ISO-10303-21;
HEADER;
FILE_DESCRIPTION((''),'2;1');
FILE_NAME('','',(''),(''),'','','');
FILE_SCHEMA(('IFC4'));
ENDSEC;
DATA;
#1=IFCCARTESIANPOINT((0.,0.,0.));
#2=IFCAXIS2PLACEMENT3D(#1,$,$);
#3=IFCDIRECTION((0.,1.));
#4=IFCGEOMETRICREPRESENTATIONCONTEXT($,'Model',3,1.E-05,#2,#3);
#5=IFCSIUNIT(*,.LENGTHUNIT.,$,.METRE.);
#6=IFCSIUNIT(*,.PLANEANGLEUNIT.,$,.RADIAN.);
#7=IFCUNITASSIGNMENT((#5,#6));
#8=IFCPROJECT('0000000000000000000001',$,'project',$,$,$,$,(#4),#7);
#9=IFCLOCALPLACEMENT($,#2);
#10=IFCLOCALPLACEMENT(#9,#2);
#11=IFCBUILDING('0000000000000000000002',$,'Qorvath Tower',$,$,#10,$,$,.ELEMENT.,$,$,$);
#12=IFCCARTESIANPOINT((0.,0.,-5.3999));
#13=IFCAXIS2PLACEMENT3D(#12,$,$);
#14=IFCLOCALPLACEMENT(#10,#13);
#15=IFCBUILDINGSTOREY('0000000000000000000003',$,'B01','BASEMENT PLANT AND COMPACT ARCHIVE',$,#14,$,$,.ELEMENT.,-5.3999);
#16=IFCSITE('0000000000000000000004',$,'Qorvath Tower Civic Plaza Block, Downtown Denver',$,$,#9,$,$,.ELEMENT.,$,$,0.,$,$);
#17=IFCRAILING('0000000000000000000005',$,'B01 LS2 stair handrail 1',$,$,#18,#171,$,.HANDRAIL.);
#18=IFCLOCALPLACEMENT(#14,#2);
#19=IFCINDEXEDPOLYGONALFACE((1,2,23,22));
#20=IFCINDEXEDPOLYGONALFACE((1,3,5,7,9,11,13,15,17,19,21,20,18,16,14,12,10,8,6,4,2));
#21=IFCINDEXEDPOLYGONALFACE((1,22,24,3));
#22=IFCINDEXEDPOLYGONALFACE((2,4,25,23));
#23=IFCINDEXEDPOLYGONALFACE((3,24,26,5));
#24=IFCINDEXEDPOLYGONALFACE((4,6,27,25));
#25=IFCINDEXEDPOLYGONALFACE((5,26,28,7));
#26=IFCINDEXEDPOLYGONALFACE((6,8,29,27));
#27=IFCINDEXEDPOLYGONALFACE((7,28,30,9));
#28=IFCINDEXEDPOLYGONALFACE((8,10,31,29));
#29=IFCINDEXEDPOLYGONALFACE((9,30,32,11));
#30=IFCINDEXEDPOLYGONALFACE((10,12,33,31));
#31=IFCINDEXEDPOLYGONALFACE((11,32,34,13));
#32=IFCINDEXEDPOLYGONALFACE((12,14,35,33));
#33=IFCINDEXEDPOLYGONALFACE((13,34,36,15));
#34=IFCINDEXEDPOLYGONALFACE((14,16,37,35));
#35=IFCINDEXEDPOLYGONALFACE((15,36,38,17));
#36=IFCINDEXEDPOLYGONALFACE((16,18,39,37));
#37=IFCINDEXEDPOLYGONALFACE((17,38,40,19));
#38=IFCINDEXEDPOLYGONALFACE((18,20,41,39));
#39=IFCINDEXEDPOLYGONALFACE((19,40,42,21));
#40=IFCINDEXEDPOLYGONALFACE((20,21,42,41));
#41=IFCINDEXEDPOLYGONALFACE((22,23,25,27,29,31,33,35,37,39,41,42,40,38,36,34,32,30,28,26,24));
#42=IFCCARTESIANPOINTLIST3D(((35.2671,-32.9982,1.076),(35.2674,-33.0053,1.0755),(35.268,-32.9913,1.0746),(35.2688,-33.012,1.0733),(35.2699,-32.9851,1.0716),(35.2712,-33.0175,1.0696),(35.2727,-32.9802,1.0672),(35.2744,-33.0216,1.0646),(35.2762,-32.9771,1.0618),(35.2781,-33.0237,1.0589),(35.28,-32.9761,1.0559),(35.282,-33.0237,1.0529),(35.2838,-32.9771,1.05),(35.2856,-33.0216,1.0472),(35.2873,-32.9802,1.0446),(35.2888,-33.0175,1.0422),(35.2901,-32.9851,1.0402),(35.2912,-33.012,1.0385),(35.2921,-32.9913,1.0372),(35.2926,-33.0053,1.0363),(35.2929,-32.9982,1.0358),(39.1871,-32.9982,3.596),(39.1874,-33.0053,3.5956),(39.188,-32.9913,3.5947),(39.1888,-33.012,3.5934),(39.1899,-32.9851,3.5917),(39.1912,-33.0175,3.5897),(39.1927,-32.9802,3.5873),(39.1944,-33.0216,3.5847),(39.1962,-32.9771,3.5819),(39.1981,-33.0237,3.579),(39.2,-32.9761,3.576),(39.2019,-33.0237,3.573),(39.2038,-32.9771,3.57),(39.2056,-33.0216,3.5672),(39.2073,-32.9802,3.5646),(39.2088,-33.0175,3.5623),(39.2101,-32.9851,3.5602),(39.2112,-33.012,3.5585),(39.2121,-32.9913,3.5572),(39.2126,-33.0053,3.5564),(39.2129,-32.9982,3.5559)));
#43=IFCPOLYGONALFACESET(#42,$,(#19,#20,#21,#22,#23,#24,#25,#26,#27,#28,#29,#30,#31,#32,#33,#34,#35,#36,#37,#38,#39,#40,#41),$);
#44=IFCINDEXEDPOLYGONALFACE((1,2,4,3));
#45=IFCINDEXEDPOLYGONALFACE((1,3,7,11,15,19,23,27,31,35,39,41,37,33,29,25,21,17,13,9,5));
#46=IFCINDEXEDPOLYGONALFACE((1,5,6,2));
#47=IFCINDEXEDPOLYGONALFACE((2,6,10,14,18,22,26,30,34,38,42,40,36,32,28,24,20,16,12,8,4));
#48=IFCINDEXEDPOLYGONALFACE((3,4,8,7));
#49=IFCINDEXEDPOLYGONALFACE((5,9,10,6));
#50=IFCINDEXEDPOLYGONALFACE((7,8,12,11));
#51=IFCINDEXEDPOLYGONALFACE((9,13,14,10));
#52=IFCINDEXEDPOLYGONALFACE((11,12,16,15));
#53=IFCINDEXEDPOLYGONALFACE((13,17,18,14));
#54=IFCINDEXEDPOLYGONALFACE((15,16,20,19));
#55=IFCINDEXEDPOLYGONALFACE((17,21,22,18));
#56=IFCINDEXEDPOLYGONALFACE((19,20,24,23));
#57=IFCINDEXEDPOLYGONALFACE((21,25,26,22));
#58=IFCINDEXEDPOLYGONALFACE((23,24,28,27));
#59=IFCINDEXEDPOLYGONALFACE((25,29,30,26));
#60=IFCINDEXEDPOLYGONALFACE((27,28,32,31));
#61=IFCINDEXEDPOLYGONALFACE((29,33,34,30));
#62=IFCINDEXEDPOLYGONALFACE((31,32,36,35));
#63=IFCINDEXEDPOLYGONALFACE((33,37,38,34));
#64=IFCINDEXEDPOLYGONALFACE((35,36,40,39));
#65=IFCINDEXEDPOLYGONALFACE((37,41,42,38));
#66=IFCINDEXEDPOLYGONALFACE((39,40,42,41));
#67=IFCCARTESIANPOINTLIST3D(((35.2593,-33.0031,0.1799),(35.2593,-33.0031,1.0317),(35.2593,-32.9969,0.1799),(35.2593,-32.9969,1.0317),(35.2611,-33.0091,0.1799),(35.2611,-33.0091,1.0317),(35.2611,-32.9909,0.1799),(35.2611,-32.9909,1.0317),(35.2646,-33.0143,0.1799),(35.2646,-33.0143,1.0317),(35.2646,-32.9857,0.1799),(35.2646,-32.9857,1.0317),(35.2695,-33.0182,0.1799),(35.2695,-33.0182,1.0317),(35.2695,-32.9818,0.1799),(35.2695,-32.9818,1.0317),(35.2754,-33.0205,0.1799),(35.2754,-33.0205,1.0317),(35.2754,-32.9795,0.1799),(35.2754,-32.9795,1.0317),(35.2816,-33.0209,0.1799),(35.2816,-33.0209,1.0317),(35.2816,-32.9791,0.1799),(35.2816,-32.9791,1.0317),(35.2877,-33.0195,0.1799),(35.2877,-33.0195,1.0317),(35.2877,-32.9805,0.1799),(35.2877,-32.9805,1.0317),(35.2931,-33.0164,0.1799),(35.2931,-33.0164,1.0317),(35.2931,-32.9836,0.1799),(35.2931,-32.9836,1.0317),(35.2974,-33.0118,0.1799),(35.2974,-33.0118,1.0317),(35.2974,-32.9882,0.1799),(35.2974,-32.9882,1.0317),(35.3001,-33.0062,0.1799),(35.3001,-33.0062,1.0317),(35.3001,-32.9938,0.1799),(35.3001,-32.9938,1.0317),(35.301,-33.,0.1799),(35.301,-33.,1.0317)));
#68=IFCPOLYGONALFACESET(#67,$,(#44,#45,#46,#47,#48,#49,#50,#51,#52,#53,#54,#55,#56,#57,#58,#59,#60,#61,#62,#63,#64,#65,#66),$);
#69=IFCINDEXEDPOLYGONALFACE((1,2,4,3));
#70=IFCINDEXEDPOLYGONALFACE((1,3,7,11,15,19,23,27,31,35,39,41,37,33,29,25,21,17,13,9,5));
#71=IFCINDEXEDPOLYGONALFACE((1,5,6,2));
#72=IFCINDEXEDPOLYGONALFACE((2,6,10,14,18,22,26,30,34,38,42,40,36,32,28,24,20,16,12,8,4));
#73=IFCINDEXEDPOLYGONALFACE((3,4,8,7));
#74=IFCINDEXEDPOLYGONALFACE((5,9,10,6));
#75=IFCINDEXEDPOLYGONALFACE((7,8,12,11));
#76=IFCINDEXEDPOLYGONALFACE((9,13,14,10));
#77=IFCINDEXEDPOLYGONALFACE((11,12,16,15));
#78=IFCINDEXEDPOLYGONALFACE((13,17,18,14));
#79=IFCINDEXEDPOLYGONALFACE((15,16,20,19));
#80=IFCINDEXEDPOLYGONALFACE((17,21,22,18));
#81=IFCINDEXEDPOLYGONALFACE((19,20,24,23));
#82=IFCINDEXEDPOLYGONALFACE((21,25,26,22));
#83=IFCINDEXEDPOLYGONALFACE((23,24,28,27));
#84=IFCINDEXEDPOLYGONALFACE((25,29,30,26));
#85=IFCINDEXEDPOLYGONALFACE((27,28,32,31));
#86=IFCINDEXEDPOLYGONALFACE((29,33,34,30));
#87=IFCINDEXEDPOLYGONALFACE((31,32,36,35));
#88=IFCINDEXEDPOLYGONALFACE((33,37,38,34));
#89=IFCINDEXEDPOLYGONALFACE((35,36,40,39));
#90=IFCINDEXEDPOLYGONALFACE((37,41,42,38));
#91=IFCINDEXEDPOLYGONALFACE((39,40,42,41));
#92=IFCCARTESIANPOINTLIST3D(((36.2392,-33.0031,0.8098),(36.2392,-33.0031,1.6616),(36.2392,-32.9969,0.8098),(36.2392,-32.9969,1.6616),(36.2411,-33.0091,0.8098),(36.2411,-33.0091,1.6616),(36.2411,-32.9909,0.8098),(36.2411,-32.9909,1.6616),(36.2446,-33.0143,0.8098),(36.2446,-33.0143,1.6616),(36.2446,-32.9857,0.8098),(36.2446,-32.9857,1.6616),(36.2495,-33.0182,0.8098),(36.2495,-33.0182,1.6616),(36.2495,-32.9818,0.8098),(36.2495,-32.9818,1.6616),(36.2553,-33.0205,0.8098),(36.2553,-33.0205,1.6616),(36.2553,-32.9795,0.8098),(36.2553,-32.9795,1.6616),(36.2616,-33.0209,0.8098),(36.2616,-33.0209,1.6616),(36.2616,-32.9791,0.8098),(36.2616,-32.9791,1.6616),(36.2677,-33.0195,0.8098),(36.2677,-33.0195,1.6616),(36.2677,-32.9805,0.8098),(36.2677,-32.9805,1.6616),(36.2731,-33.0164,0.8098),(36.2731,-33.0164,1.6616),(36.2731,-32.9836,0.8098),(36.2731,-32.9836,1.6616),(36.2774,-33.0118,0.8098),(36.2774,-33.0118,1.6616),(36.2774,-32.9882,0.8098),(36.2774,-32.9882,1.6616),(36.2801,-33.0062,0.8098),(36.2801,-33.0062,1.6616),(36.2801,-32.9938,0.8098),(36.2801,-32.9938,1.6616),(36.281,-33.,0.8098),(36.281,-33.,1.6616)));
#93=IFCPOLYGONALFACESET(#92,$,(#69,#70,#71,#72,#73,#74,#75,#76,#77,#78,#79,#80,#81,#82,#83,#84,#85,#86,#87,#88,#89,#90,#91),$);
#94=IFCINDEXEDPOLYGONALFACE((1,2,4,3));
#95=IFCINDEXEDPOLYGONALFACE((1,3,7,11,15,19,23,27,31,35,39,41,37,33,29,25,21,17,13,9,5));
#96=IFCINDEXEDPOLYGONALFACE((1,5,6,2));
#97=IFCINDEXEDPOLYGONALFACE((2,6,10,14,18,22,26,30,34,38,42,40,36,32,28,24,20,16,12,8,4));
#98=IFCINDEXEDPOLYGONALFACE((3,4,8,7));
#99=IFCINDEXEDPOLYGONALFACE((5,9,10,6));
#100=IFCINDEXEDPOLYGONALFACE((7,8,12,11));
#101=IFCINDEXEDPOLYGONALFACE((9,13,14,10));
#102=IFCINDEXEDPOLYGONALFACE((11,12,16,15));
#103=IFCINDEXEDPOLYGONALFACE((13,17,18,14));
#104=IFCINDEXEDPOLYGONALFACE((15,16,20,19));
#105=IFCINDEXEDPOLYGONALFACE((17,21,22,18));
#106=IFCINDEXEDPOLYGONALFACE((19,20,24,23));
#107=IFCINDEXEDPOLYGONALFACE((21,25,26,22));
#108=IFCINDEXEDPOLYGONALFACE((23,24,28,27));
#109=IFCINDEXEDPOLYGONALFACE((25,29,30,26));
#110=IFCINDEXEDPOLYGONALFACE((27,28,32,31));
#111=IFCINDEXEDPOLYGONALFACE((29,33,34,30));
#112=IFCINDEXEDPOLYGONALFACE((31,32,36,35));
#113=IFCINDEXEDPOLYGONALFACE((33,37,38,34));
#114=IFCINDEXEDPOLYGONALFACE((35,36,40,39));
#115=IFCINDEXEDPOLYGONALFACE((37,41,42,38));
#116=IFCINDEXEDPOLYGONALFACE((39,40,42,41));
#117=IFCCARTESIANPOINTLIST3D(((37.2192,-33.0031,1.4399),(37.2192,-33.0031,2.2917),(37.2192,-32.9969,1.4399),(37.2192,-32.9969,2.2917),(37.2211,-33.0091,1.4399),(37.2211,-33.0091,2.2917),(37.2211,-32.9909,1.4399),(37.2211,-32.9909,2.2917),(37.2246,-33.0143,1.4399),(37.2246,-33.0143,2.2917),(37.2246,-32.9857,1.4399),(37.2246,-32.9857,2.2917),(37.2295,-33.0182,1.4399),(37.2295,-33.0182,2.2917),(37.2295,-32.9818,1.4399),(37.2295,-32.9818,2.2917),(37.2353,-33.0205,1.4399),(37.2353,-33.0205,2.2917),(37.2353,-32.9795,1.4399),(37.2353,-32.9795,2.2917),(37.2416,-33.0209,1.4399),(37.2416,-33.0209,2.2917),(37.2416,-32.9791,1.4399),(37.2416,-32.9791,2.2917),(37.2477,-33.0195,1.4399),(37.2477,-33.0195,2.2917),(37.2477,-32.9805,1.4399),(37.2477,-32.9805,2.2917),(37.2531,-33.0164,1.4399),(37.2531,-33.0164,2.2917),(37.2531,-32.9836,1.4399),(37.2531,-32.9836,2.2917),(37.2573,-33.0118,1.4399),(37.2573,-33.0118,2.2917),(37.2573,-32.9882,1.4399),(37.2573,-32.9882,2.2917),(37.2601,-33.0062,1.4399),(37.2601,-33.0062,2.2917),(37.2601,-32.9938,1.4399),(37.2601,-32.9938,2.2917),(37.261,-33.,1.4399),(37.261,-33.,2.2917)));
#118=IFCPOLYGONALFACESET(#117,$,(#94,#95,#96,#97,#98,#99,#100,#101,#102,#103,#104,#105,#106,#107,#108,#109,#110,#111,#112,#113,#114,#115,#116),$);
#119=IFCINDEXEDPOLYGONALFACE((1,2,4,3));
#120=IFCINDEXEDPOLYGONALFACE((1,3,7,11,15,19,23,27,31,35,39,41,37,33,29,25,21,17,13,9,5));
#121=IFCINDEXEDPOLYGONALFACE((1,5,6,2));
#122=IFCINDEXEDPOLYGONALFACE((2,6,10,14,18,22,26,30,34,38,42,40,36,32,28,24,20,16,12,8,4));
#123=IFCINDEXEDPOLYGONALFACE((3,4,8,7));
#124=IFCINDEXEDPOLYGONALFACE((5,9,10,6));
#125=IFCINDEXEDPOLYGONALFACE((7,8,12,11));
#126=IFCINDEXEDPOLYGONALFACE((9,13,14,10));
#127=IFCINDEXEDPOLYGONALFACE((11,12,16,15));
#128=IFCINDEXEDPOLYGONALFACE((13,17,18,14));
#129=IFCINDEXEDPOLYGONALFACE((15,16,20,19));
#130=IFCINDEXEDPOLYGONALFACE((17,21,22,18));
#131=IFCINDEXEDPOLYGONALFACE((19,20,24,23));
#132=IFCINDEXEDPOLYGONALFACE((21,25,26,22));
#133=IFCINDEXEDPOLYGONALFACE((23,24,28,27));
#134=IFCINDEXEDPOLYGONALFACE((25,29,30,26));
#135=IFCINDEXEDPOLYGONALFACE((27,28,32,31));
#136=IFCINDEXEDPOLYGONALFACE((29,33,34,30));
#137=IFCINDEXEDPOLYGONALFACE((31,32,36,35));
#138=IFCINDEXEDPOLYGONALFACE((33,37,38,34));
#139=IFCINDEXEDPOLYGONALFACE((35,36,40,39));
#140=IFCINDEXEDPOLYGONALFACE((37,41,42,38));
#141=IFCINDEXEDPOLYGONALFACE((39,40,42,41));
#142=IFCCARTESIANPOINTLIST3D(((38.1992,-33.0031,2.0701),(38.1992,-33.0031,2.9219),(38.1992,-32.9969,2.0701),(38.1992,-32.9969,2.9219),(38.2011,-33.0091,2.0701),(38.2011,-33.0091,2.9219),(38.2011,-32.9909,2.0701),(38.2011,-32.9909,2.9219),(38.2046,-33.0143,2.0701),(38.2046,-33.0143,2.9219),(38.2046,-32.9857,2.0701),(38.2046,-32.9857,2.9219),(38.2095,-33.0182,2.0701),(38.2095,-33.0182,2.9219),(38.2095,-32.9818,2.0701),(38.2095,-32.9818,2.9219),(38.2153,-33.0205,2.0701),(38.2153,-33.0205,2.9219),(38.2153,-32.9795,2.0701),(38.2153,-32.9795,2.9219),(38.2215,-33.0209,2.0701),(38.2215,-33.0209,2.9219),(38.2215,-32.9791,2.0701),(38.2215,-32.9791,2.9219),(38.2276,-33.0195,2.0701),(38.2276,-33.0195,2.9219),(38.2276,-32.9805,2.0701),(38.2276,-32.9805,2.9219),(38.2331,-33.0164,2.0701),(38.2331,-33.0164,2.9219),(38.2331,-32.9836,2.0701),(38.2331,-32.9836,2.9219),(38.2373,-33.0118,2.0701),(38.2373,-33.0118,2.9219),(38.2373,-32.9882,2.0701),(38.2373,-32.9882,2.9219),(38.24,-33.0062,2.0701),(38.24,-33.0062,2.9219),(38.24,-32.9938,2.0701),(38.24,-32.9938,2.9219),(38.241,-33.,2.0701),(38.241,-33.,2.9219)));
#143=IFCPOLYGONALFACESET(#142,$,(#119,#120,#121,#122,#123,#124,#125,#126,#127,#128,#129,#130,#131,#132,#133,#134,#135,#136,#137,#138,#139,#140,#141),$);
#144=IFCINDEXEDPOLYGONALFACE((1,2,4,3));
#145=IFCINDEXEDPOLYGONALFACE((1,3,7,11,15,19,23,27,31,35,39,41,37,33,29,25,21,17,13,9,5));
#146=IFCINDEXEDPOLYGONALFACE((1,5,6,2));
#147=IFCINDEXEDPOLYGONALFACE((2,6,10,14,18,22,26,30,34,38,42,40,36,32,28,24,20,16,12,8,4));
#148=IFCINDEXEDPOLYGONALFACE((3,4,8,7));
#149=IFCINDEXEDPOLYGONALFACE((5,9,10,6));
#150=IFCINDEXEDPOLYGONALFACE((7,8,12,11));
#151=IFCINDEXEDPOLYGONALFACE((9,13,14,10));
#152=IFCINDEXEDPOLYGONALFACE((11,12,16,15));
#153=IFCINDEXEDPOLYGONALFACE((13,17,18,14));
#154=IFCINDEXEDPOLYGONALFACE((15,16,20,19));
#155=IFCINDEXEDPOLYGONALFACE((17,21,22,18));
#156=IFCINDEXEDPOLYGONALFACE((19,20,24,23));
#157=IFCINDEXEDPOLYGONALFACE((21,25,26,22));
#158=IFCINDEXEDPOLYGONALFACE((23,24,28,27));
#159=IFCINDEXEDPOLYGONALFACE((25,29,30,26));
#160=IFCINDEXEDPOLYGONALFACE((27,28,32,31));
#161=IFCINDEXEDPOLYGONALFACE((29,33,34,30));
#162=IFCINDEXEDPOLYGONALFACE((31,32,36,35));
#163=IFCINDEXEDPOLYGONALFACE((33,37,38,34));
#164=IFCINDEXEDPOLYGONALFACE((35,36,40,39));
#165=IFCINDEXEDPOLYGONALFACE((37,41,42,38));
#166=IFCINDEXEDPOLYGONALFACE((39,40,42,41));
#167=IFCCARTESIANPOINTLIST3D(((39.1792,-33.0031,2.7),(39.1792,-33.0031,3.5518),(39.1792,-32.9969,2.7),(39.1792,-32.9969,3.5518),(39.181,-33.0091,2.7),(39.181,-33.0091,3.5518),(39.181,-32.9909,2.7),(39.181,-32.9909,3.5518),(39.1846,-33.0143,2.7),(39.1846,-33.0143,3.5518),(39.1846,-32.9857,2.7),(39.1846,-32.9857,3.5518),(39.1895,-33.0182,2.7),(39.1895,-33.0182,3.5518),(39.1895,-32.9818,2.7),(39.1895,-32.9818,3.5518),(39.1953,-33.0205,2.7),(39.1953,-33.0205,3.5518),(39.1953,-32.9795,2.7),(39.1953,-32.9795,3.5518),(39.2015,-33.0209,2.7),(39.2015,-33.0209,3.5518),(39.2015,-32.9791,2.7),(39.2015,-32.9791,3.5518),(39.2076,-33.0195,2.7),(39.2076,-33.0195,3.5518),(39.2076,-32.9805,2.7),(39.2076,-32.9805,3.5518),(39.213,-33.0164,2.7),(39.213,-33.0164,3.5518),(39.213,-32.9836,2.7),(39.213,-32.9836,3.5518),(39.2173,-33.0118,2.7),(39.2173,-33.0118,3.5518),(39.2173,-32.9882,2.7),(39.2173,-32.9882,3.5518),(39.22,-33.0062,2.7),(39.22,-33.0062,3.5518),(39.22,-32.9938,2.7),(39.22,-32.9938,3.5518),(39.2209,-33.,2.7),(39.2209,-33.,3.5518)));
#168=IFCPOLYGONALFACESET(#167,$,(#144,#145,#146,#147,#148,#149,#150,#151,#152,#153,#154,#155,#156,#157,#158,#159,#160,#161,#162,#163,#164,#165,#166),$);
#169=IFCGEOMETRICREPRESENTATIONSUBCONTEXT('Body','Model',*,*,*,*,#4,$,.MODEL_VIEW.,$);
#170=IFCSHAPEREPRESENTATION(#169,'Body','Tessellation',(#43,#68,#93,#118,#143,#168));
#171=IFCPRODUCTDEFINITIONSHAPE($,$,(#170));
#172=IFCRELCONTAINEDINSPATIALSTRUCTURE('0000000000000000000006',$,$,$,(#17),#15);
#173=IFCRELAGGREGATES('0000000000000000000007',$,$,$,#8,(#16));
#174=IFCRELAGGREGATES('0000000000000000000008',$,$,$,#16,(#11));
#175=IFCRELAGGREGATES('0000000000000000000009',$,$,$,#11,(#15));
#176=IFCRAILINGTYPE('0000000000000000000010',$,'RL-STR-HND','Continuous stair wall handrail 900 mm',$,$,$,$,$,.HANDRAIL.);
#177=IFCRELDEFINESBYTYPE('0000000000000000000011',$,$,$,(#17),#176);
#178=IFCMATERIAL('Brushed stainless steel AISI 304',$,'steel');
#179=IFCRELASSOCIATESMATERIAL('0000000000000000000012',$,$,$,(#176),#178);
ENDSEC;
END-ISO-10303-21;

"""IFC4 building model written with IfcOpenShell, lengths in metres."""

from ifc_helpers import new_model, si_unit, direction, frame, origin, origin_2d, place, context, subcontext, project, spatial, circle, extrude, material, type_object, element, save


model = new_model("IFC4")

# Units and contexts
model_context = context("Model", 3, precision=1e-05, world=origin(), true_north=direction((0.0, 1.0)))
body_context = subcontext(model_context, "Body", "Model", "MODEL_VIEW")
ifc_project = project(units=[si_unit("LENGTHUNIT", "METRE"), si_unit("PLANEANGLEUNIT", "RADIAN")], contexts=[model_context])

# Site, building, storey
site_placement = place(None, origin())
site = spatial("IfcSite", under=ifc_project, at=site_placement, Name="Qorvath Tower Civic Plaza Block, Downtown Denver", CompositionType="ELEMENT", RefElevation=0.0)
building_placement = place(site_placement, origin())
building = spatial("IfcBuilding", under=site, at=building_placement, Name="Qorvath Tower", CompositionType="ELEMENT")
storey_placement = place(building_placement, frame((0.0, 0.0, -5.3999)))
storey = spatial("IfcBuildingStorey", under=building, at=storey_placement, Name="B01", Description="BASEMENT PLANT AND COMPACT ARCHIVE", CompositionType="ELEMENT", Elevation=-5.3999)

# Railing
ifc_material_1 = material(Name="Brushed stainless steel AISI 304", Category="steel")
railing_type_1 = type_object("IfcRailingType", Name="RL-STR-HND", Description="Continuous stair wall handrail 900 mm", PredefinedType="HANDRAIL", material=ifc_material_1)
railing_1_placement = place(storey_placement, frame((35.28, -33.0, 0.1799)))
element("IfcRailing", 1, at=railing_1_placement, inside=storey, type_object=railing_type_1, Name="B01 LS2 stair handrail 1", PredefinedType="HANDRAIL", context=body_context, shape_type="SweptSolid", body=[
    extrude(circle(Radius=0.0239, at=origin_2d()), frame((0.0, 0.0, 0.876), z_axis=(0.841172, 0.0, 0.540768), x_axis=(0.0, 1.0, 0.0)), (0.0, 0.0, 1.0), 4.6602),
    extrude(circle(Radius=0.021, at=origin_2d()), origin(), (0.0, 0.0, 1.0), 0.8518),
    extrude(circle(Radius=0.021, at=origin_2d()), frame((0.98, 0.0, 0.6299)), (0.0, 0.0, 1.0), 0.8518),
    extrude(circle(Radius=0.021, at=origin_2d()), frame((1.96, 0.0, 1.26)), (0.0, 0.0, 1.0), 0.8518),
    extrude(circle(Radius=0.021, at=origin_2d()), frame((2.9399, 0.0, 1.8901)), (0.0, 0.0, 1.0), 0.8518),
    extrude(circle(Radius=0.021, at=origin_2d()), frame((3.9199, 0.0, 2.52)), (0.0, 0.0, 1.0), 0.8518),
])

save(model, "model.ifc")
